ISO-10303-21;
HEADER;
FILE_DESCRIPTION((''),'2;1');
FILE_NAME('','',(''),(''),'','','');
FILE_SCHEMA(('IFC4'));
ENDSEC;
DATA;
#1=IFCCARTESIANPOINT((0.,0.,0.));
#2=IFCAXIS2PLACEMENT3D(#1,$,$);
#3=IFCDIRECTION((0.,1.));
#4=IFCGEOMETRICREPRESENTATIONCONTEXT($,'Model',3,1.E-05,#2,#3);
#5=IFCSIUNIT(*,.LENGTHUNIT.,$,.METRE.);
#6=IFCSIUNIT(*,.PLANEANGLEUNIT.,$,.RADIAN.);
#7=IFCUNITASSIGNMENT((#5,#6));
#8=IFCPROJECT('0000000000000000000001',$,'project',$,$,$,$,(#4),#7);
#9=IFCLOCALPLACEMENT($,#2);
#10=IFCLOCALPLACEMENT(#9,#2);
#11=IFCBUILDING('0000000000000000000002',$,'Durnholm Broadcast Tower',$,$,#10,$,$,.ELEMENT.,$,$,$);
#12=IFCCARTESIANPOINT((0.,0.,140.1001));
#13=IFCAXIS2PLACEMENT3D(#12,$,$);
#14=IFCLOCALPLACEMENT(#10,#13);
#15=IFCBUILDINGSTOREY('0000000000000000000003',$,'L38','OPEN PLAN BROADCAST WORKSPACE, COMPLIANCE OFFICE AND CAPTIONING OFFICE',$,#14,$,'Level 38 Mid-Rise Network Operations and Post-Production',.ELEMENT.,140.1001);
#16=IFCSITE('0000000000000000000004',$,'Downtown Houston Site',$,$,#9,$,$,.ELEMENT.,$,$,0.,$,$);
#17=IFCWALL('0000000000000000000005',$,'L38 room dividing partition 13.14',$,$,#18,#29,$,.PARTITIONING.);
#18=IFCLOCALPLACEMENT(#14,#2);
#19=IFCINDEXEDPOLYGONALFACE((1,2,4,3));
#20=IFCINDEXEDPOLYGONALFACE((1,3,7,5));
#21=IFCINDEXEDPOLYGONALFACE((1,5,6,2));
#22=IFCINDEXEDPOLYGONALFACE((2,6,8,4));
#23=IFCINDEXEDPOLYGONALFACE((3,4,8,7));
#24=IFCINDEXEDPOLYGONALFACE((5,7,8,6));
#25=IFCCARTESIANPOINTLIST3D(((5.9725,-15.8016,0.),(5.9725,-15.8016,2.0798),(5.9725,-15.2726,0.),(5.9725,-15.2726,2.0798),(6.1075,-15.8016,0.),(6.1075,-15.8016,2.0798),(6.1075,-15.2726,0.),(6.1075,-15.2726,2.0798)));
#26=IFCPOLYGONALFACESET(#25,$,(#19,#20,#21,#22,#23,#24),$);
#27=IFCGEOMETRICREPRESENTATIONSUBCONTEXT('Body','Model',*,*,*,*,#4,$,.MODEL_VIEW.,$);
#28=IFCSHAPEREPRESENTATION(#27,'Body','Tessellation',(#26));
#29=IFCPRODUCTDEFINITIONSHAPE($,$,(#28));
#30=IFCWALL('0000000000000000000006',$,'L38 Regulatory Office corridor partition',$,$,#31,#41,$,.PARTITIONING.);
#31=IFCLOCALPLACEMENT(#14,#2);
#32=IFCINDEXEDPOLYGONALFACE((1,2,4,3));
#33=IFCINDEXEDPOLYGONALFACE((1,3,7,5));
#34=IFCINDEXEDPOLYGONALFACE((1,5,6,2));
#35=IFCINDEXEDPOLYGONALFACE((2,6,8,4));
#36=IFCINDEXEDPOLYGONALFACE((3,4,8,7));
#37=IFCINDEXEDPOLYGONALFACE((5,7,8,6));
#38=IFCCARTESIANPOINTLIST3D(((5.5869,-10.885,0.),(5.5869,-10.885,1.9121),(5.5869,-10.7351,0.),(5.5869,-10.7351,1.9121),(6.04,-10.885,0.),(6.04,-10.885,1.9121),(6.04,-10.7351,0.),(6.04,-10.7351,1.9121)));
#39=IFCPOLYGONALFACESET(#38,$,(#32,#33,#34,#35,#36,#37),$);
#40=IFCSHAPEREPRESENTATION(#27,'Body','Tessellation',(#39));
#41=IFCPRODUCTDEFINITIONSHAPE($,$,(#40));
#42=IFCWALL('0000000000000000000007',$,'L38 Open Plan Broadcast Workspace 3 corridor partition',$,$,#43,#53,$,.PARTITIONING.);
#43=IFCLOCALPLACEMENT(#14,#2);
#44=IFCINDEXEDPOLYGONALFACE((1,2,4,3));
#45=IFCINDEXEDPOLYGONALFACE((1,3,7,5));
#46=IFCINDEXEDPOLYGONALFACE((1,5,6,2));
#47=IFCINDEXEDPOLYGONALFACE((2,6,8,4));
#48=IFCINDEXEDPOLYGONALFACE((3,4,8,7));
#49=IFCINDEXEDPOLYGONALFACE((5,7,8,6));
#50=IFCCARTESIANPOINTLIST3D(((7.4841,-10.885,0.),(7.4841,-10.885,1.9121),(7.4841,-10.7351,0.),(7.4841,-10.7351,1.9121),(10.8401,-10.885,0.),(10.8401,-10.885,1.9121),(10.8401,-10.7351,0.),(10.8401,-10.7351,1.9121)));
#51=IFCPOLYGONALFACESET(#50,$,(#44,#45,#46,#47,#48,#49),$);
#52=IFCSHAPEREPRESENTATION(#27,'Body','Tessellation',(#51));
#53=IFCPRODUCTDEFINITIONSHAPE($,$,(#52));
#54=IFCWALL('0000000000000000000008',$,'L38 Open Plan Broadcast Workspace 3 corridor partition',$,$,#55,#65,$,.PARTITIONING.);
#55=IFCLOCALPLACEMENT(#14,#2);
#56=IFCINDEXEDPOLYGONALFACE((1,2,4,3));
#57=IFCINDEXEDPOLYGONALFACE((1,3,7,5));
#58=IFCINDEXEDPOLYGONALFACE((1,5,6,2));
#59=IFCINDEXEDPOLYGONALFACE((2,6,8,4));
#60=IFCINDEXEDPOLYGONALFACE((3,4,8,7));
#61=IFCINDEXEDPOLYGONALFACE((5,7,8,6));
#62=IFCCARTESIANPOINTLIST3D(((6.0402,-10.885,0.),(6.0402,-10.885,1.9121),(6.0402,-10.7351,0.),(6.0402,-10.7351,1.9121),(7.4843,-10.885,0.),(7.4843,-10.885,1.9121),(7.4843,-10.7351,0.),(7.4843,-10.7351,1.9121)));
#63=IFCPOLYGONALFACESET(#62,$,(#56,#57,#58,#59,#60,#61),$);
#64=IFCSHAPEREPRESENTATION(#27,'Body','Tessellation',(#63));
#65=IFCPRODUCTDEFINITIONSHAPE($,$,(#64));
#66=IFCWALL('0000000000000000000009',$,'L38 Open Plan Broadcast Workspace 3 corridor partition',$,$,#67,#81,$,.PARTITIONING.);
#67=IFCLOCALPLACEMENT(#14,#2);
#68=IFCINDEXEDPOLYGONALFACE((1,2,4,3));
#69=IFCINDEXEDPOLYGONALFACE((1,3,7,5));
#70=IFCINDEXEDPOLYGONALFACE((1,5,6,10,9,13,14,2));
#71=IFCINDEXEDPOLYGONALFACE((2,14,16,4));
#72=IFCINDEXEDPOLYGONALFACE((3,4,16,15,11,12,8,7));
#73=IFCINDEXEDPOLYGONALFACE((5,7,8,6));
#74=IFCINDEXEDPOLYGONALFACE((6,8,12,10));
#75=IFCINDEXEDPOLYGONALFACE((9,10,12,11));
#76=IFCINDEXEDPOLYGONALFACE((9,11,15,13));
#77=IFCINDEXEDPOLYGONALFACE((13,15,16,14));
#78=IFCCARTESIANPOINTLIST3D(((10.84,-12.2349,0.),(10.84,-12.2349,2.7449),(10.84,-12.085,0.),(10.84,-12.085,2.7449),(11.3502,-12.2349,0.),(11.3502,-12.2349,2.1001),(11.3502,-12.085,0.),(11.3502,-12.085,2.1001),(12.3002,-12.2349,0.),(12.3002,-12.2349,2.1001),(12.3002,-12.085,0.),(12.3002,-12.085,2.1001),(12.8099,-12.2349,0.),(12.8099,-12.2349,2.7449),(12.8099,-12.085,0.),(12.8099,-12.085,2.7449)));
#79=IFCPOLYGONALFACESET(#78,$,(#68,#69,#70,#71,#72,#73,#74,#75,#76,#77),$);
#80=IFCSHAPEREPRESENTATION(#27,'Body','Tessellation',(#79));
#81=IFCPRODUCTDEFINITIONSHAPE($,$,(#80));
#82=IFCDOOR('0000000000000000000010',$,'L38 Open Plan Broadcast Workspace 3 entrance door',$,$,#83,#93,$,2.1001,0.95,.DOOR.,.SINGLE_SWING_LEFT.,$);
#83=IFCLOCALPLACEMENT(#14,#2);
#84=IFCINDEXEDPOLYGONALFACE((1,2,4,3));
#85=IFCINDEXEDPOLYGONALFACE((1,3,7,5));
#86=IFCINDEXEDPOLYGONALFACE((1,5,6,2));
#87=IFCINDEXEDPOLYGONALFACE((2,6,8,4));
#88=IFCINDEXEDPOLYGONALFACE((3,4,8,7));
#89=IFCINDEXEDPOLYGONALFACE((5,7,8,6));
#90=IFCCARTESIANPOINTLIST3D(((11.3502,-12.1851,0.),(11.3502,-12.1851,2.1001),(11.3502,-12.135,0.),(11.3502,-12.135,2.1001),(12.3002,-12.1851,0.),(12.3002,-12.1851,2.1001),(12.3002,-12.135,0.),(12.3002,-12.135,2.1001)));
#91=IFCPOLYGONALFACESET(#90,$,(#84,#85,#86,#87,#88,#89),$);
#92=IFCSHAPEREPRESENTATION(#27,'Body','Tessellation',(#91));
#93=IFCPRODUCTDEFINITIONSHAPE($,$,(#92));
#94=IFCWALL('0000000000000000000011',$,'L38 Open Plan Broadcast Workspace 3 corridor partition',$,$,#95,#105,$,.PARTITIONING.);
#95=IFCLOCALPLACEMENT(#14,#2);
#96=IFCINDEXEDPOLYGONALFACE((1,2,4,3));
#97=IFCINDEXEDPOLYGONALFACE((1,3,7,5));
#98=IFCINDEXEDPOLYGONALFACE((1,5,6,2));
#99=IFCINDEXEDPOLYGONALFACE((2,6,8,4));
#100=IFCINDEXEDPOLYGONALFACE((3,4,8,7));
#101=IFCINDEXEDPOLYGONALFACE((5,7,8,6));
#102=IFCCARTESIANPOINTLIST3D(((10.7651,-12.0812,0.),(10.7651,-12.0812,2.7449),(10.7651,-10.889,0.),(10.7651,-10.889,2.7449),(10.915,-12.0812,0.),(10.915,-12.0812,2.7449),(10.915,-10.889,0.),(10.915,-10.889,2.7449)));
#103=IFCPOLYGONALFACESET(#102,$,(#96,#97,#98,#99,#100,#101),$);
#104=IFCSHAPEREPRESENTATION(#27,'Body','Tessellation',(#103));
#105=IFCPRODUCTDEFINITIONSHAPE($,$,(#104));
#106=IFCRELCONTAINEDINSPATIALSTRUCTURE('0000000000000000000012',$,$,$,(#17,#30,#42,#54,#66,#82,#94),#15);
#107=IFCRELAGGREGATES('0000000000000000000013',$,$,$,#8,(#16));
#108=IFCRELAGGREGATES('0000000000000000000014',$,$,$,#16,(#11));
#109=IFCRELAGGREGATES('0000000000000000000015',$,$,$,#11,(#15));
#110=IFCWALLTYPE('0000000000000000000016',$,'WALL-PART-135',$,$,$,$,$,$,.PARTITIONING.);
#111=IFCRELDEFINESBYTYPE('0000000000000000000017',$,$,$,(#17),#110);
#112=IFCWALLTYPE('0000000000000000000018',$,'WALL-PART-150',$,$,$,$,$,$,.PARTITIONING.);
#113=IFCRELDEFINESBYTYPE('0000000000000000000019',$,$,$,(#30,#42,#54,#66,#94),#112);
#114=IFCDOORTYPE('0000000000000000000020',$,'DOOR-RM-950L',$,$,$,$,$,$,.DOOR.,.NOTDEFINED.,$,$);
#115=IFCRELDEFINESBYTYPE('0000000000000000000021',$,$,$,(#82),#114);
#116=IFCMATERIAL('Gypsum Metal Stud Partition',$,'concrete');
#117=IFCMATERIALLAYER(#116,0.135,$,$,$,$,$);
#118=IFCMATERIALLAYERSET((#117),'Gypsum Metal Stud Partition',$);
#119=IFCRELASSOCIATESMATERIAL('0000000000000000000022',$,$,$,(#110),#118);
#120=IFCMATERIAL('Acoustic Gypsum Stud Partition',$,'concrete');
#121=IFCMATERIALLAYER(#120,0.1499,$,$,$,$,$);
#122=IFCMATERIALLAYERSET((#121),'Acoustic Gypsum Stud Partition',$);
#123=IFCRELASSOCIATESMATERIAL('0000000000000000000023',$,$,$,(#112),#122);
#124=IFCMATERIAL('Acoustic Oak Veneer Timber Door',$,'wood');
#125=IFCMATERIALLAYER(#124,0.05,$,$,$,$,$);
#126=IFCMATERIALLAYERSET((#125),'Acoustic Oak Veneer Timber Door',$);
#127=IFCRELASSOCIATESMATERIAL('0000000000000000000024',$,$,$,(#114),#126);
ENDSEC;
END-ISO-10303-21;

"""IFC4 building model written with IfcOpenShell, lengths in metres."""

from ifc_helpers import new_model, si_unit, direction, frame, frame_2d, origin, place, context, subcontext, project, spatial, rectangle, extrude, source, transform, mapped, material, layer, layer_set, type_object, type_shapes, element, fill, save


model = new_model("IFC4")

# Units and contexts
model_context = context("Model", 3, precision=1e-05, world=origin(), true_north=direction((0.0, 1.0)))
body_context = subcontext(model_context, "Body", "Model", "MODEL_VIEW")
ifc_project = project(units=[si_unit("LENGTHUNIT", "METRE"), si_unit("PLANEANGLEUNIT", "RADIAN")], contexts=[model_context])

# Site, building, storey
site_placement = place(None, origin())
site = spatial("IfcSite", under=ifc_project, at=site_placement, Name="Downtown Houston Site", CompositionType="ELEMENT", RefElevation=0.0)
building_placement = place(site_placement, origin())
building = spatial("IfcBuilding", under=site, at=building_placement, Name="Durnholm Broadcast Tower", CompositionType="ELEMENT")
storey_placement = place(building_placement, frame((0.0, 0.0, 140.1001)))
storey = spatial("IfcBuildingStorey", under=building, at=storey_placement, Name="L38", Description="OPEN PLAN BROADCAST WORKSPACE, COMPLIANCE OFFICE AND CAPTIONING OFFICE", LongName="Level 38 Mid-Rise Network Operations and Post-Production", CompositionType="ELEMENT", Elevation=140.1001)

# Walls
ifc_material_1 = material(Name="Gypsum Metal Stud Partition", Category="concrete")
ifc_layer_1 = layer(ifc_material_1, 0.135)
ifc_layer_set_1 = layer_set([ifc_layer_1], Name="Gypsum Metal Stud Partition")
wall_type_1 = type_object("IfcWallType", Name="WALL-PART-135", PredefinedType="PARTITIONING", material=ifc_layer_set_1)
wall_1_placement = place(storey_placement, frame((6.04, -15.2725, 0.0), z_axis=(0.0, 0.0, 1.0), x_axis=(0.0, -1.0, 0.0)))
element("IfcWall", 1, at=wall_1_placement, inside=storey, type_object=wall_type_1, Name="L38 room dividing partition 13.14", PredefinedType="PARTITIONING", context=body_context, shape_type="SweptSolid", body=[
    extrude(rectangle(XDim=0.5291, YDim=0.135, at=frame_2d((0.2646, 0.0))), origin(), (0.0, 0.0, 1.0), 2.0798),
])
ifc_material_2 = material(Name="Acoustic Gypsum Stud Partition", Category="concrete")
ifc_layer_2 = layer(ifc_material_2, 0.1499)
ifc_layer_set_2 = layer_set([ifc_layer_2], Name="Acoustic Gypsum Stud Partition")
wall_type_2 = type_object("IfcWallType", Name="WALL-PART-150", PredefinedType="PARTITIONING", material=ifc_layer_set_2)
wall_2_placement = place(storey_placement, frame((5.5869, -10.8101, 0.0), z_axis=(0.0, 0.0, 1.0), x_axis=(1.0, 0.0, 0.0)))
element("IfcWall", 2, at=wall_2_placement, inside=storey, type_object=wall_type_2, Name="L38 Regulatory Office corridor partition", PredefinedType="PARTITIONING", context=body_context, shape_type="SweptSolid", body=[
    extrude(rectangle(XDim=0.4531, YDim=0.1499, at=frame_2d((0.2266, 0.0))), origin(), (0.0, 0.0, 1.0), 1.9121),
])
wall_3_placement = place(storey_placement, frame((7.4841, -10.8101, 0.0), z_axis=(0.0, 0.0, 1.0), x_axis=(1.0, 0.0, 0.0)))
element("IfcWall", 3, at=wall_3_placement, inside=storey, type_object=wall_type_2, Name="L38 Open Plan Broadcast Workspace 3 corridor partition", PredefinedType="PARTITIONING", context=body_context, shape_type="SweptSolid", body=[
    extrude(rectangle(XDim=3.356, YDim=0.1499, at=frame_2d((1.678, 0.0))), origin(), (0.0, 0.0, 1.0), 1.9121),
])
wall_4_placement = place(storey_placement, frame((6.04, -10.8101, 0.0), z_axis=(0.0, 0.0, 1.0), x_axis=(1.0, 0.0, 0.0)))
element("IfcWall", 4, at=wall_4_placement, inside=storey, type_object=wall_type_2, Name="L38 Open Plan Broadcast Workspace 3 corridor partition", PredefinedType="PARTITIONING", context=body_context, shape_type="SweptSolid", body=[
    extrude(rectangle(XDim=1.4441, YDim=0.1499, at=frame_2d((0.7222, 0.0))), origin(), (0.0, 0.0, 1.0), 1.9121),
])

# Wall, opening, door
wall_5_placement = place(storey_placement, frame((10.8401, -12.1599, 0.0), z_axis=(0.0, 0.0, 1.0), x_axis=(1.0, 0.0, 0.0)))
wall_5 = element("IfcWall", 5, at=wall_5_placement, inside=storey, type_object=wall_type_2, Name="L38 Open Plan Broadcast Workspace 3 corridor partition", PredefinedType="PARTITIONING", context=body_context, shape_type="SweptSolid", body=[
    extrude(rectangle(XDim=1.97, YDim=0.1499, at=frame_2d((0.9849, 0.0))), origin(), (0.0, 0.0, 1.0), 2.7449),
])
opening_placement = place(wall_5_placement, frame((0.51, 0.0, 0.0)))
opening = element("IfcOpeningElement", 6, at=opening_placement, cuts=wall_5, PredefinedType="OPENING", context=body_context, shape_type="SweptSolid", body=[
    extrude(rectangle(XDim=0.95, YDim=2.1001, at=frame_2d((0.4751, 1.05))), frame((0.0, 0.085, 0.0), z_axis=(0.0, -1.0, 0.0), x_axis=(1.0, 0.0, 0.0)), (0.0, 0.0, 1.0), 0.1699),
])
ifc_material_3 = material(Name="Acoustic Oak Veneer Timber Door", Category="wood")
ifc_layer_3 = layer(ifc_material_3, 0.05)
ifc_layer_set_3 = layer_set([ifc_layer_3], Name="Acoustic Oak Veneer Timber Door")
door_type = type_object("IfcDoorType", Name="DOOR-RM-950L", OperationType="NOTDEFINED", PredefinedType="DOOR", material=ifc_layer_set_3)
shared_shape_1 = source(origin(), body_context, "Body", "SweptSolid", [
    extrude(rectangle(XDim=0.95, YDim=2.1001, at=frame_2d((0.4751, 1.05))), frame((0.0, 0.0249, 0.0), z_axis=(0.0, -1.0, 0.0), x_axis=(1.0, 0.0, 0.0)), (0.0, 0.0, 1.0), 0.05),
])
type_shapes(door_type, [shared_shape_1])
door_placement = place(opening_placement, origin())
door = element("IfcDoor", 7, at=door_placement, inside=storey, type_object=door_type, Name="L38 Open Plan Broadcast Workspace 3 entrance door", OperationType="SINGLE_SWING_LEFT", OverallHeight=2.1001, OverallWidth=0.95, PredefinedType="DOOR", context=body_context, shape_type="MappedRepresentation", body=[
    mapped(shared_shape_1, transform((0.0, 0.0, 0.0), x_axis=(1.0, 0.0, 0.0), y_axis=(0.0, 1.0, 0.0), z_axis=(0.0, 0.0, 1.0), scale=1.0)),
])
fill(opening, door)

# Wall
wall_6_placement = place(storey_placement, frame((10.8401, -10.8889, 0.0), z_axis=(0.0, 0.0, 1.0), x_axis=(0.0, -1.0, 0.0)))
element("IfcWall", 8, at=wall_6_placement, inside=storey, type_object=wall_type_2, Name="L38 Open Plan Broadcast Workspace 3 corridor partition", PredefinedType="PARTITIONING", context=body_context, shape_type="SweptSolid", body=[
    extrude(rectangle(XDim=1.1921, YDim=0.1499, at=frame_2d((0.5962, 0.0))), origin(), (0.0, 0.0, 1.0), 2.7449),
])

save(model, "model.ifc")
